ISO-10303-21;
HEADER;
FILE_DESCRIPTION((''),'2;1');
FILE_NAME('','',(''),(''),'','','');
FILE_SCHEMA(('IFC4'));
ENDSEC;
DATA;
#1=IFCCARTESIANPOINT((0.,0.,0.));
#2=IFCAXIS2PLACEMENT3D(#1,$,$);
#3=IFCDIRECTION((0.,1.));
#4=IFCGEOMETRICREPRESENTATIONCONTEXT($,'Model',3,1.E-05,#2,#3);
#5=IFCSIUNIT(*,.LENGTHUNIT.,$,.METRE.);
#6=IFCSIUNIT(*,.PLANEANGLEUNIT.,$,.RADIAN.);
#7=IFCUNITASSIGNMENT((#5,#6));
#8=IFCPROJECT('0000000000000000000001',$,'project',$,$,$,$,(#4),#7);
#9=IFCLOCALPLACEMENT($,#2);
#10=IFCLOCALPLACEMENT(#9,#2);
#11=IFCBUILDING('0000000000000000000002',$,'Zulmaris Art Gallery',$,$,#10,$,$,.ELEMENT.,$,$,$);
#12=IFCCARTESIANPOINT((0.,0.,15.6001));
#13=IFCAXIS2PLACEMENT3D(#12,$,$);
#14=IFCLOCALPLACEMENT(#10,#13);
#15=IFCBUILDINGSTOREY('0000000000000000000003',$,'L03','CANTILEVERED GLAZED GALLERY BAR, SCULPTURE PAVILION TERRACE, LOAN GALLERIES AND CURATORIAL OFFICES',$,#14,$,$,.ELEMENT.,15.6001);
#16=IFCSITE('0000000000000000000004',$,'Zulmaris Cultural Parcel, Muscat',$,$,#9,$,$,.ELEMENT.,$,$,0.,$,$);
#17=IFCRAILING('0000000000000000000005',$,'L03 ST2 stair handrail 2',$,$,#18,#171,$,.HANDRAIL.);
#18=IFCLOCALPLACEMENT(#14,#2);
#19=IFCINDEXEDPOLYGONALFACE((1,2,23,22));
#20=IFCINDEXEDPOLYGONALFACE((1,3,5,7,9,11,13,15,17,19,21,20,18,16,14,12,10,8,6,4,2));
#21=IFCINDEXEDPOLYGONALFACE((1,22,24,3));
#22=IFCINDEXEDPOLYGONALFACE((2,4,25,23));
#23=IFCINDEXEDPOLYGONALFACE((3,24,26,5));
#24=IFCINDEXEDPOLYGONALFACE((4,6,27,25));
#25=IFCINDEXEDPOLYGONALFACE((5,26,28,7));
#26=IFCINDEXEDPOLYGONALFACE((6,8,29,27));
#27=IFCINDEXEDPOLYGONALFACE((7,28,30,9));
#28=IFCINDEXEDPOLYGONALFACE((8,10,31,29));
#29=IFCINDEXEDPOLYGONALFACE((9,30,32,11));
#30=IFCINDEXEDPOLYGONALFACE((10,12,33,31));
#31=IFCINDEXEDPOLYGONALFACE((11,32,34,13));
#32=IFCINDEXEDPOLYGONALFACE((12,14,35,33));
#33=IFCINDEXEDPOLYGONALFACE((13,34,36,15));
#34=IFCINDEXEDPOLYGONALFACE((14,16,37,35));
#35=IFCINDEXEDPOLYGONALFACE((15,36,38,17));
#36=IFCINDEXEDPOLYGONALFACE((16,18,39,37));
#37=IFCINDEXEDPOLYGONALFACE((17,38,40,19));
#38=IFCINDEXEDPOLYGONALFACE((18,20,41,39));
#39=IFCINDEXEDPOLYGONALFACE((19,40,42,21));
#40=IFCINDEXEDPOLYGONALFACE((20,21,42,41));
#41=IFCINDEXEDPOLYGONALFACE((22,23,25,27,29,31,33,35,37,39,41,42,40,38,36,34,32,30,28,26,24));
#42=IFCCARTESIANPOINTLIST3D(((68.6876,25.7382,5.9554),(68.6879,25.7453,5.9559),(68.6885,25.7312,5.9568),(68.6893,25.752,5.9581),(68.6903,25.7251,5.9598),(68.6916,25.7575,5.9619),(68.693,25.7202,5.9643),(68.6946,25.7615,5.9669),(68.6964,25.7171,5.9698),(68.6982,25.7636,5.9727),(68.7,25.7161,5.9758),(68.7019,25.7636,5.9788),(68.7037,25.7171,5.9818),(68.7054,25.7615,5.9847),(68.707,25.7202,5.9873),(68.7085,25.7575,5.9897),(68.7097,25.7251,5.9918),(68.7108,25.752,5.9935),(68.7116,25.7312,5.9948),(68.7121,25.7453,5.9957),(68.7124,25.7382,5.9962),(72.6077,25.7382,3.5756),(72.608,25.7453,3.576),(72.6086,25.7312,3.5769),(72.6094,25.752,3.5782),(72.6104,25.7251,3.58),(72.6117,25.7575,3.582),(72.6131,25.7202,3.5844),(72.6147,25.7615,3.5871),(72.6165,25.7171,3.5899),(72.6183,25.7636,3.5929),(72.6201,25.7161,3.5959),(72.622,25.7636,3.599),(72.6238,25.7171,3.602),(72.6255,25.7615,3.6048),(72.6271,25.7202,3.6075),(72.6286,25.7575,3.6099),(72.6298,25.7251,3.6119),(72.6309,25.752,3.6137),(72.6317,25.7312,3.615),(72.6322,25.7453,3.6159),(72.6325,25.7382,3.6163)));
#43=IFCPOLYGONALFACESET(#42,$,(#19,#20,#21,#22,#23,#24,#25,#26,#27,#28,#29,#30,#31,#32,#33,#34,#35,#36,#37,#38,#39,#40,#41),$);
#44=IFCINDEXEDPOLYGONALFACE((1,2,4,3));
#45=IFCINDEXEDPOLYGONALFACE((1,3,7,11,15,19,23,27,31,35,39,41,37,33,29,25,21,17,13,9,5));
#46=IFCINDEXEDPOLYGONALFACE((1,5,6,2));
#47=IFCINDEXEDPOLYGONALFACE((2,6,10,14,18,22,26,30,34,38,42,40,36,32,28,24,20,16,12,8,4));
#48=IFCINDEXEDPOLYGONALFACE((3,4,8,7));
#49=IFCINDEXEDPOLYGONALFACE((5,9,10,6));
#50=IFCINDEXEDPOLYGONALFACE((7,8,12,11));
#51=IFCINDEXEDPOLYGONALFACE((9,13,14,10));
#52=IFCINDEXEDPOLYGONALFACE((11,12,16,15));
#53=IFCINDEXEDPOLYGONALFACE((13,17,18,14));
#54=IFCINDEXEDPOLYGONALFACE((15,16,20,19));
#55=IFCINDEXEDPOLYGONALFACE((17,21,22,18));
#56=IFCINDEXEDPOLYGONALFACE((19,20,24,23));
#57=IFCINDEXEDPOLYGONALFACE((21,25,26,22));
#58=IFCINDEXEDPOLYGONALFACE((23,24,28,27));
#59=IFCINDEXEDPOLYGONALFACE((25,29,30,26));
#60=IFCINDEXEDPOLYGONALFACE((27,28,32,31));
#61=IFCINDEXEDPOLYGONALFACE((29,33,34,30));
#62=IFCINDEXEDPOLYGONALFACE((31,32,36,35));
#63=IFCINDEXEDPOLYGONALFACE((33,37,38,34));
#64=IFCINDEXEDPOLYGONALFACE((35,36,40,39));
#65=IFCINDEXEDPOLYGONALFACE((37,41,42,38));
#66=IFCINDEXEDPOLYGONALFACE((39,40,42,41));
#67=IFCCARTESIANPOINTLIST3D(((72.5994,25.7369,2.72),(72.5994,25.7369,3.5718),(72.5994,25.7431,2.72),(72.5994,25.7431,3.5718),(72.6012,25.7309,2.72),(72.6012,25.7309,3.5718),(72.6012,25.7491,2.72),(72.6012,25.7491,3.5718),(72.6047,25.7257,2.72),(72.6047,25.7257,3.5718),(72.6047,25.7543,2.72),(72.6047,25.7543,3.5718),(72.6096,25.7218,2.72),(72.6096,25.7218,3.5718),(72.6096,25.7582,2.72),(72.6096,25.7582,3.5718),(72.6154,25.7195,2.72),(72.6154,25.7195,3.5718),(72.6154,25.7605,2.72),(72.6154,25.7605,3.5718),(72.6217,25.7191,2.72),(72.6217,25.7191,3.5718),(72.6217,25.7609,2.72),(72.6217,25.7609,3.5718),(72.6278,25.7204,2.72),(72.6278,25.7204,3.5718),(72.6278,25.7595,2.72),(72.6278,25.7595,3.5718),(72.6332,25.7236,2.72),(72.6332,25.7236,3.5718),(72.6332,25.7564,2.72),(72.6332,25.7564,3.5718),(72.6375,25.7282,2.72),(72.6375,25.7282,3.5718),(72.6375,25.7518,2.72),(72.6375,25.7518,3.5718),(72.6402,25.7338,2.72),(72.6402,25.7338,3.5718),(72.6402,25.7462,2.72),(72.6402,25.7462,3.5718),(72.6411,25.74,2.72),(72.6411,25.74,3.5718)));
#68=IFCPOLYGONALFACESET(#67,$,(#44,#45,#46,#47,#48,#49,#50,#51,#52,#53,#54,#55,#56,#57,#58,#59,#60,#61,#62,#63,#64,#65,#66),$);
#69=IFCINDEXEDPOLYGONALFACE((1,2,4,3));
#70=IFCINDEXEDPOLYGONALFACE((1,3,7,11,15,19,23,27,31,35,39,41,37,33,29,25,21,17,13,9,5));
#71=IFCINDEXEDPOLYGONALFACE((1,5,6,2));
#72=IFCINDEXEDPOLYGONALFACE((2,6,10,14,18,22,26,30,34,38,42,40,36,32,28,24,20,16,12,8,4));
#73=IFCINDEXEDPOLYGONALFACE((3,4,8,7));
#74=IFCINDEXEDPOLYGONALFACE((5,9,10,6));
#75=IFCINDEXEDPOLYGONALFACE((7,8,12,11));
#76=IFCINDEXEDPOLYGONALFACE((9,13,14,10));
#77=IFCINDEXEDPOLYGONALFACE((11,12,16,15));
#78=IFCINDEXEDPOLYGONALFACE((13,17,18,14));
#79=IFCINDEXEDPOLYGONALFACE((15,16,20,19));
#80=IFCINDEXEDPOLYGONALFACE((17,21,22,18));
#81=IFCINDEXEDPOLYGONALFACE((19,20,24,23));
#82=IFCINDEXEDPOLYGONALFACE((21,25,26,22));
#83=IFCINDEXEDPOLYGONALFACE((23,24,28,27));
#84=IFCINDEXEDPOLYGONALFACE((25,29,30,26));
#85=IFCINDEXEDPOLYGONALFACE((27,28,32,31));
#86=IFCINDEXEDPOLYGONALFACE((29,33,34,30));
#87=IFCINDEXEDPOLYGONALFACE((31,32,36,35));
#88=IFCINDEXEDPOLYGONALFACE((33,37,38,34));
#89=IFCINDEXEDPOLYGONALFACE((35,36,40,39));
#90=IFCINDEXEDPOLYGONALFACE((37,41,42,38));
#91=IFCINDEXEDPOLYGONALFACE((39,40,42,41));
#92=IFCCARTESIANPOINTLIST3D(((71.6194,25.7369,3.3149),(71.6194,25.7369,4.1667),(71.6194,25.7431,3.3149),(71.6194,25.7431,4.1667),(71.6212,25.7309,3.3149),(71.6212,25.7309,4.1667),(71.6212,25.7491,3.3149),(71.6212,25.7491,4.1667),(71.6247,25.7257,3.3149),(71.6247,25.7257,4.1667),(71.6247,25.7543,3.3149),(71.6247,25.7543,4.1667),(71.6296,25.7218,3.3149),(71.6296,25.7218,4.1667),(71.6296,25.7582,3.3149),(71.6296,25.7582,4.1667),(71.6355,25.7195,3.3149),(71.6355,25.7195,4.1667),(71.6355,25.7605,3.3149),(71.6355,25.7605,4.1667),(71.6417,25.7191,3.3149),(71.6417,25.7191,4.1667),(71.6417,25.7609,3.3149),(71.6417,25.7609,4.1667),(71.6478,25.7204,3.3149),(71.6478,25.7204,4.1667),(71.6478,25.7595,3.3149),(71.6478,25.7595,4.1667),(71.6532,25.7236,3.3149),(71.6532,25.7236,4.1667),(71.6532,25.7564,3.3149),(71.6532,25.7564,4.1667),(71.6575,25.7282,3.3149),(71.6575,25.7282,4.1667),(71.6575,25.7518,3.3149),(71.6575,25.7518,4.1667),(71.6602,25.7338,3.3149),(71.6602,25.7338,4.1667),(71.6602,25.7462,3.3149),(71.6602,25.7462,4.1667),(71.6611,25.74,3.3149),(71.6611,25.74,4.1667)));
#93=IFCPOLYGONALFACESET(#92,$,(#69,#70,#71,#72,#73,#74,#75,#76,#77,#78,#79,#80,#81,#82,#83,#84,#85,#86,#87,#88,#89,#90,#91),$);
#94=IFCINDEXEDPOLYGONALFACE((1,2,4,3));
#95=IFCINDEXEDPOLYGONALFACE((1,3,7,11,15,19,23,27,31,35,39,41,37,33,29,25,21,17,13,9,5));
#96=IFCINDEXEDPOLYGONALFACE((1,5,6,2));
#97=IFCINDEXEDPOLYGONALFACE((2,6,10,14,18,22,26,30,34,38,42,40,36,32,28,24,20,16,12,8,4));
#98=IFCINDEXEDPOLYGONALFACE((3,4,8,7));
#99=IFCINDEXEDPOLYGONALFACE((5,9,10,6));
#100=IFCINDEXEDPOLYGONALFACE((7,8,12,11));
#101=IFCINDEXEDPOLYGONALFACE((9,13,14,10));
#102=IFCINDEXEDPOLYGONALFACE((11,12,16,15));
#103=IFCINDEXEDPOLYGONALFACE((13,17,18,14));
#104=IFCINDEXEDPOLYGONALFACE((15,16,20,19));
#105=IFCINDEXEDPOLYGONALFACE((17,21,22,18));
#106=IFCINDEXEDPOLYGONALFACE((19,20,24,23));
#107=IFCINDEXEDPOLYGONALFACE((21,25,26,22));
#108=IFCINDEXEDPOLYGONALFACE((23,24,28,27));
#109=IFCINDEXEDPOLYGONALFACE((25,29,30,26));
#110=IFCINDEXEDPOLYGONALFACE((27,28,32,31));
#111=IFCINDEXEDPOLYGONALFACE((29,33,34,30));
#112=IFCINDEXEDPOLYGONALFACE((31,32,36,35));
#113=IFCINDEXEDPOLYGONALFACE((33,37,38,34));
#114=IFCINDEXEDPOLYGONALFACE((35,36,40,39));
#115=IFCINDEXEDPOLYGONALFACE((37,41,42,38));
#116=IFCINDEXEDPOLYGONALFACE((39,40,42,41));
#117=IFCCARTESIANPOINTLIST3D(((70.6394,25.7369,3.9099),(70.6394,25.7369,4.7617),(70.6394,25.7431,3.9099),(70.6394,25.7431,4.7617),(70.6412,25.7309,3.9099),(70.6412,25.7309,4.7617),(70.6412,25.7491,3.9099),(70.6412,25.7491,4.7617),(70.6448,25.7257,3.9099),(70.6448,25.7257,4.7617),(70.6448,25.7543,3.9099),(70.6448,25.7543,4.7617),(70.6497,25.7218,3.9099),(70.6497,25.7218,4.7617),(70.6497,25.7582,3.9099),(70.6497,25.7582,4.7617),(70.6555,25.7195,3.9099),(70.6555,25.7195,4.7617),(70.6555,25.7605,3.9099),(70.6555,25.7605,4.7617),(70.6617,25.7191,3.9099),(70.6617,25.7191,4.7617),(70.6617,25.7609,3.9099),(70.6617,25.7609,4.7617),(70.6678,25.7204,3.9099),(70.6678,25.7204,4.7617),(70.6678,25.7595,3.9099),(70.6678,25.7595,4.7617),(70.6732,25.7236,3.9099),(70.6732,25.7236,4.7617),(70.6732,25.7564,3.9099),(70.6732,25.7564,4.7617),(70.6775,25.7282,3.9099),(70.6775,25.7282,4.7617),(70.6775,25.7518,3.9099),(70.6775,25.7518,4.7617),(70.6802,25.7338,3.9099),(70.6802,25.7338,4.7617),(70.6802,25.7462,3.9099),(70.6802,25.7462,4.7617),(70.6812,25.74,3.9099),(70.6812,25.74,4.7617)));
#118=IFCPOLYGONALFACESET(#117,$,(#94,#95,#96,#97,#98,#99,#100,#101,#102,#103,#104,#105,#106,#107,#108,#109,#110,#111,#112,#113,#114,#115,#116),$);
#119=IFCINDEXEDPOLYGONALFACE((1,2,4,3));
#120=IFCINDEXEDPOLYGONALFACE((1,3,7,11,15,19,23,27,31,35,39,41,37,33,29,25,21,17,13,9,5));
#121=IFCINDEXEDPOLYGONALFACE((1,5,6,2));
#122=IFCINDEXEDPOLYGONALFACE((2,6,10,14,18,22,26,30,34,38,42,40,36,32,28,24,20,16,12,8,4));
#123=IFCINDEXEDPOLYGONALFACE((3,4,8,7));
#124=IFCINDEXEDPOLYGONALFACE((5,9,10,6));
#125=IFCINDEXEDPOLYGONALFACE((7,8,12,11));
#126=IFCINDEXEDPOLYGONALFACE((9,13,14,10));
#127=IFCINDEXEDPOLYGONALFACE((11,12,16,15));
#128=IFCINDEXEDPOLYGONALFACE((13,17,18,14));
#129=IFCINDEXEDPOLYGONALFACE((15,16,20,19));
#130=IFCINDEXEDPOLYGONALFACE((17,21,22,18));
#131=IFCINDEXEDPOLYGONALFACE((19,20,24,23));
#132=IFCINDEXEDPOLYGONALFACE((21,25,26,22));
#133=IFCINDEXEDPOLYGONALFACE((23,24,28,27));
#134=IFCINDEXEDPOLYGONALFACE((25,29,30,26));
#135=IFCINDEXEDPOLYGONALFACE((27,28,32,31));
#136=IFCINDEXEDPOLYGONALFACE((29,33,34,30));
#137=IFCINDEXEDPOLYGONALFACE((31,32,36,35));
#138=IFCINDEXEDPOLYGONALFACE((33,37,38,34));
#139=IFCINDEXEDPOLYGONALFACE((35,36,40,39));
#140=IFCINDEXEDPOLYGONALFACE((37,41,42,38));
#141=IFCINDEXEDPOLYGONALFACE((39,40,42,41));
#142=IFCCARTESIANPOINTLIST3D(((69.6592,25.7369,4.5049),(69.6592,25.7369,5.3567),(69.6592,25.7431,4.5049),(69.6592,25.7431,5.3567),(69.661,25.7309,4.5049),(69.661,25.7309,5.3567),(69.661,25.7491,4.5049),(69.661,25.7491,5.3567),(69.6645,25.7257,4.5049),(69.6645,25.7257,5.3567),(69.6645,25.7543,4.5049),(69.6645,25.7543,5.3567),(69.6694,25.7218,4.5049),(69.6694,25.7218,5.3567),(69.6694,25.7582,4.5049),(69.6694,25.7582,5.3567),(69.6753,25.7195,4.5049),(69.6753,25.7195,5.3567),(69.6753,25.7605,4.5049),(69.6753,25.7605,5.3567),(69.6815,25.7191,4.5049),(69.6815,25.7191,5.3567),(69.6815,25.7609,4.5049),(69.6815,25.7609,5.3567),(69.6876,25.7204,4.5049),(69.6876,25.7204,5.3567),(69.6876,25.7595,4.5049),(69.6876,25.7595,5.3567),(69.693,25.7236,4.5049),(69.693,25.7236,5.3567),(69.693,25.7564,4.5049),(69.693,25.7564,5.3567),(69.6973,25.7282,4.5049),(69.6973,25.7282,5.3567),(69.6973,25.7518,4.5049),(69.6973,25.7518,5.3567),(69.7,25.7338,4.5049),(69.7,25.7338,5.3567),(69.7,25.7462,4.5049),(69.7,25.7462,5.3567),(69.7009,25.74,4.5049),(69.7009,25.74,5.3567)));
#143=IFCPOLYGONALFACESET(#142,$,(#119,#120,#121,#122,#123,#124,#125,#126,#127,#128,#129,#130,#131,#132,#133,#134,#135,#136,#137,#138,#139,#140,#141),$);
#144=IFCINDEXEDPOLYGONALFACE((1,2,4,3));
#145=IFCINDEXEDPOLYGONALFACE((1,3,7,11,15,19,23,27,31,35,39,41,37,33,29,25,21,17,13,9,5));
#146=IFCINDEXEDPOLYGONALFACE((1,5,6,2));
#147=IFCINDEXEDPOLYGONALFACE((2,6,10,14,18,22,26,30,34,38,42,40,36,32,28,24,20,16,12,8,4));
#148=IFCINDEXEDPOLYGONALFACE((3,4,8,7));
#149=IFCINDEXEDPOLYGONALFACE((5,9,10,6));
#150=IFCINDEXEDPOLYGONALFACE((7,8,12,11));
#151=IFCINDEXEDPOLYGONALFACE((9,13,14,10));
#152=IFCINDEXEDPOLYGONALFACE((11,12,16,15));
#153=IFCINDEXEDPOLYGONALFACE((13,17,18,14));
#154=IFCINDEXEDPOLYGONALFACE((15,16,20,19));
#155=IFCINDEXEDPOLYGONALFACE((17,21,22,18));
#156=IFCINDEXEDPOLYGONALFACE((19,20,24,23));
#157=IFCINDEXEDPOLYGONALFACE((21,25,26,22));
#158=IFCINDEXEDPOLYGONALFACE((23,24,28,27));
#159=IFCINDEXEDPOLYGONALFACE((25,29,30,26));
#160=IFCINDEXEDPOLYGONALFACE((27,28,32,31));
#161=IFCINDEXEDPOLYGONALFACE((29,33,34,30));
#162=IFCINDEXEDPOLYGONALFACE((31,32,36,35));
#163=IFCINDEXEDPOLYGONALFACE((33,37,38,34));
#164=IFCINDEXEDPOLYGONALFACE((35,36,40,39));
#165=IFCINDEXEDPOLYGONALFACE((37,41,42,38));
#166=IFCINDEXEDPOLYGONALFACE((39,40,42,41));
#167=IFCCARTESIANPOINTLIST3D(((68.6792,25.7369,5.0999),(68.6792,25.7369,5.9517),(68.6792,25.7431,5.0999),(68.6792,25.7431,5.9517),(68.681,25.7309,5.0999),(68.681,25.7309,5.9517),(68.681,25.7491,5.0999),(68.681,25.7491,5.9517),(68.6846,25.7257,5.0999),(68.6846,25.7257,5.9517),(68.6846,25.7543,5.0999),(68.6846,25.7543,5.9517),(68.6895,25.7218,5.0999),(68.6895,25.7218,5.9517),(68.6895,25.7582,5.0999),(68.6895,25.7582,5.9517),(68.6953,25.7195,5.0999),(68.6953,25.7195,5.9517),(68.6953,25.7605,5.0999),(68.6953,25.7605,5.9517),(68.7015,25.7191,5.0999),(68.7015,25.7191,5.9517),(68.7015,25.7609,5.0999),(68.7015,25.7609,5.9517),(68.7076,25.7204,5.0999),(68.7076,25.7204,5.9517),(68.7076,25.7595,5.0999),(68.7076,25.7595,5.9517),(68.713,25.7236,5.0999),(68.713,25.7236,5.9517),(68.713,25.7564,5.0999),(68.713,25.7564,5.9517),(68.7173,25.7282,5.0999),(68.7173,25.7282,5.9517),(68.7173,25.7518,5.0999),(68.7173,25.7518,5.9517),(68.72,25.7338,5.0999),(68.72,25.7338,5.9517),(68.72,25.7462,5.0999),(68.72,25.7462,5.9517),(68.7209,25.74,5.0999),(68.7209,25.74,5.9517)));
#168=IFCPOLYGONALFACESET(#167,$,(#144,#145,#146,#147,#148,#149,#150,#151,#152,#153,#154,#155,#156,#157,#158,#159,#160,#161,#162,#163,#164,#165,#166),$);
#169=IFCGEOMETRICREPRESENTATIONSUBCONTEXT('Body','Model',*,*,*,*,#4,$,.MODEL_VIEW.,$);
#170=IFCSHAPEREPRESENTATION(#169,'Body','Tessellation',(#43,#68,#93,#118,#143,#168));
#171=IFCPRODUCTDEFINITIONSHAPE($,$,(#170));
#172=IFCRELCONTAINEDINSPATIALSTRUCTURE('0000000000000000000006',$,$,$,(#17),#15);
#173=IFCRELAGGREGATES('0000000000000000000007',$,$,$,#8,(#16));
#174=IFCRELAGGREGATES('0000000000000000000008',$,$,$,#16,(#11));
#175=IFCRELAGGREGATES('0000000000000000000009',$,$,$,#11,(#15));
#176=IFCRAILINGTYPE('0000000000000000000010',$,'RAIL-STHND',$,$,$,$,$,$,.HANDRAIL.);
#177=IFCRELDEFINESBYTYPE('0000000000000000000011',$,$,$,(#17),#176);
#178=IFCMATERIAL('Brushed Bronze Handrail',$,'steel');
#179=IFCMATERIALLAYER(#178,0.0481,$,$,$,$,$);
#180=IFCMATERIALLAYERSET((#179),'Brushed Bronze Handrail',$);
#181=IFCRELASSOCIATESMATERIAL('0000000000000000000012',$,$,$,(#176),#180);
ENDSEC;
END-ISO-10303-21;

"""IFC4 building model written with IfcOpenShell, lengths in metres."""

from ifc_helpers import new_model, si_unit, direction, frame, origin, origin_2d, place, context, subcontext, project, spatial, circle, extrude, material, layer, layer_set, type_object, element, save


model = new_model("IFC4")

# Units and contexts
model_context = context("Model", 3, precision=1e-05, world=origin(), true_north=direction((0.0, 1.0)))
body_context = subcontext(model_context, "Body", "Model", "MODEL_VIEW")
ifc_project = project(units=[si_unit("LENGTHUNIT", "METRE"), si_unit("PLANEANGLEUNIT", "RADIAN")], contexts=[model_context])

# Site, building, storey
site_placement = place(None, origin())
site = spatial("IfcSite", under=ifc_project, at=site_placement, Name="Zulmaris Cultural Parcel, Muscat", CompositionType="ELEMENT", RefElevation=0.0)
building_placement = place(site_placement, origin())
building = spatial("IfcBuilding", under=site, at=building_placement, Name="Zulmaris Art Gallery", CompositionType="ELEMENT")
storey_placement = place(building_placement, frame((0.0, 0.0, 15.6001)))
storey = spatial("IfcBuildingStorey", under=building, at=storey_placement, Name="L03", Description="CANTILEVERED GLAZED GALLERY BAR, SCULPTURE PAVILION TERRACE, LOAN GALLERIES AND CURATORIAL OFFICES", CompositionType="ELEMENT", Elevation=15.6001)

# Railing
ifc_material_1 = material(Name="Brushed Bronze Handrail", Category="steel")
ifc_layer_1 = layer(ifc_material_1, 0.0481)
ifc_layer_set_1 = layer_set([ifc_layer_1], Name="Brushed Bronze Handrail")
railing_type_1 = type_object("IfcRailingType", Name="RAIL-STHND", PredefinedType="HANDRAIL", material=ifc_layer_set_1)
railing_1_placement = place(storey_placement, frame((72.6201, 25.74, 2.72)))
element("IfcRailing", 1, at=railing_1_placement, inside=storey, type_object=railing_type_1, Name="L03 ST2 stair handrail 2", PredefinedType="HANDRAIL", context=body_context, shape_type="SweptSolid", body=[
    extrude(circle(Radius=0.0239, at=origin_2d()), frame((0.0, 0.0, 0.876), z_axis=(-0.854809, 0.0, 0.518943), x_axis=(0.0, -1.0, 0.0)), (0.0, 0.0, 1.0), 4.5859),
    extrude(circle(Radius=0.021, at=origin_2d()), origin(), (0.0, 0.0, 1.0), 0.8518),
    extrude(circle(Radius=0.021, at=origin_2d()), frame((-0.98, 0.0, 0.595)), (0.0, 0.0, 1.0), 0.8518),
    extrude(circle(Radius=0.021, at=origin_2d()), frame((-1.96, 0.0, 1.1899)), (0.0, 0.0, 1.0), 0.8518),
    extrude(circle(Radius=0.021, at=origin_2d()), frame((-2.9402, 0.0, 1.7849)), (0.0, 0.0, 1.0), 0.8518),
    extrude(circle(Radius=0.021, at=origin_2d()), frame((-3.9202, 0.0, 2.3799)), (0.0, 0.0, 1.0), 0.8518),
])

save(model, "model.ifc")
